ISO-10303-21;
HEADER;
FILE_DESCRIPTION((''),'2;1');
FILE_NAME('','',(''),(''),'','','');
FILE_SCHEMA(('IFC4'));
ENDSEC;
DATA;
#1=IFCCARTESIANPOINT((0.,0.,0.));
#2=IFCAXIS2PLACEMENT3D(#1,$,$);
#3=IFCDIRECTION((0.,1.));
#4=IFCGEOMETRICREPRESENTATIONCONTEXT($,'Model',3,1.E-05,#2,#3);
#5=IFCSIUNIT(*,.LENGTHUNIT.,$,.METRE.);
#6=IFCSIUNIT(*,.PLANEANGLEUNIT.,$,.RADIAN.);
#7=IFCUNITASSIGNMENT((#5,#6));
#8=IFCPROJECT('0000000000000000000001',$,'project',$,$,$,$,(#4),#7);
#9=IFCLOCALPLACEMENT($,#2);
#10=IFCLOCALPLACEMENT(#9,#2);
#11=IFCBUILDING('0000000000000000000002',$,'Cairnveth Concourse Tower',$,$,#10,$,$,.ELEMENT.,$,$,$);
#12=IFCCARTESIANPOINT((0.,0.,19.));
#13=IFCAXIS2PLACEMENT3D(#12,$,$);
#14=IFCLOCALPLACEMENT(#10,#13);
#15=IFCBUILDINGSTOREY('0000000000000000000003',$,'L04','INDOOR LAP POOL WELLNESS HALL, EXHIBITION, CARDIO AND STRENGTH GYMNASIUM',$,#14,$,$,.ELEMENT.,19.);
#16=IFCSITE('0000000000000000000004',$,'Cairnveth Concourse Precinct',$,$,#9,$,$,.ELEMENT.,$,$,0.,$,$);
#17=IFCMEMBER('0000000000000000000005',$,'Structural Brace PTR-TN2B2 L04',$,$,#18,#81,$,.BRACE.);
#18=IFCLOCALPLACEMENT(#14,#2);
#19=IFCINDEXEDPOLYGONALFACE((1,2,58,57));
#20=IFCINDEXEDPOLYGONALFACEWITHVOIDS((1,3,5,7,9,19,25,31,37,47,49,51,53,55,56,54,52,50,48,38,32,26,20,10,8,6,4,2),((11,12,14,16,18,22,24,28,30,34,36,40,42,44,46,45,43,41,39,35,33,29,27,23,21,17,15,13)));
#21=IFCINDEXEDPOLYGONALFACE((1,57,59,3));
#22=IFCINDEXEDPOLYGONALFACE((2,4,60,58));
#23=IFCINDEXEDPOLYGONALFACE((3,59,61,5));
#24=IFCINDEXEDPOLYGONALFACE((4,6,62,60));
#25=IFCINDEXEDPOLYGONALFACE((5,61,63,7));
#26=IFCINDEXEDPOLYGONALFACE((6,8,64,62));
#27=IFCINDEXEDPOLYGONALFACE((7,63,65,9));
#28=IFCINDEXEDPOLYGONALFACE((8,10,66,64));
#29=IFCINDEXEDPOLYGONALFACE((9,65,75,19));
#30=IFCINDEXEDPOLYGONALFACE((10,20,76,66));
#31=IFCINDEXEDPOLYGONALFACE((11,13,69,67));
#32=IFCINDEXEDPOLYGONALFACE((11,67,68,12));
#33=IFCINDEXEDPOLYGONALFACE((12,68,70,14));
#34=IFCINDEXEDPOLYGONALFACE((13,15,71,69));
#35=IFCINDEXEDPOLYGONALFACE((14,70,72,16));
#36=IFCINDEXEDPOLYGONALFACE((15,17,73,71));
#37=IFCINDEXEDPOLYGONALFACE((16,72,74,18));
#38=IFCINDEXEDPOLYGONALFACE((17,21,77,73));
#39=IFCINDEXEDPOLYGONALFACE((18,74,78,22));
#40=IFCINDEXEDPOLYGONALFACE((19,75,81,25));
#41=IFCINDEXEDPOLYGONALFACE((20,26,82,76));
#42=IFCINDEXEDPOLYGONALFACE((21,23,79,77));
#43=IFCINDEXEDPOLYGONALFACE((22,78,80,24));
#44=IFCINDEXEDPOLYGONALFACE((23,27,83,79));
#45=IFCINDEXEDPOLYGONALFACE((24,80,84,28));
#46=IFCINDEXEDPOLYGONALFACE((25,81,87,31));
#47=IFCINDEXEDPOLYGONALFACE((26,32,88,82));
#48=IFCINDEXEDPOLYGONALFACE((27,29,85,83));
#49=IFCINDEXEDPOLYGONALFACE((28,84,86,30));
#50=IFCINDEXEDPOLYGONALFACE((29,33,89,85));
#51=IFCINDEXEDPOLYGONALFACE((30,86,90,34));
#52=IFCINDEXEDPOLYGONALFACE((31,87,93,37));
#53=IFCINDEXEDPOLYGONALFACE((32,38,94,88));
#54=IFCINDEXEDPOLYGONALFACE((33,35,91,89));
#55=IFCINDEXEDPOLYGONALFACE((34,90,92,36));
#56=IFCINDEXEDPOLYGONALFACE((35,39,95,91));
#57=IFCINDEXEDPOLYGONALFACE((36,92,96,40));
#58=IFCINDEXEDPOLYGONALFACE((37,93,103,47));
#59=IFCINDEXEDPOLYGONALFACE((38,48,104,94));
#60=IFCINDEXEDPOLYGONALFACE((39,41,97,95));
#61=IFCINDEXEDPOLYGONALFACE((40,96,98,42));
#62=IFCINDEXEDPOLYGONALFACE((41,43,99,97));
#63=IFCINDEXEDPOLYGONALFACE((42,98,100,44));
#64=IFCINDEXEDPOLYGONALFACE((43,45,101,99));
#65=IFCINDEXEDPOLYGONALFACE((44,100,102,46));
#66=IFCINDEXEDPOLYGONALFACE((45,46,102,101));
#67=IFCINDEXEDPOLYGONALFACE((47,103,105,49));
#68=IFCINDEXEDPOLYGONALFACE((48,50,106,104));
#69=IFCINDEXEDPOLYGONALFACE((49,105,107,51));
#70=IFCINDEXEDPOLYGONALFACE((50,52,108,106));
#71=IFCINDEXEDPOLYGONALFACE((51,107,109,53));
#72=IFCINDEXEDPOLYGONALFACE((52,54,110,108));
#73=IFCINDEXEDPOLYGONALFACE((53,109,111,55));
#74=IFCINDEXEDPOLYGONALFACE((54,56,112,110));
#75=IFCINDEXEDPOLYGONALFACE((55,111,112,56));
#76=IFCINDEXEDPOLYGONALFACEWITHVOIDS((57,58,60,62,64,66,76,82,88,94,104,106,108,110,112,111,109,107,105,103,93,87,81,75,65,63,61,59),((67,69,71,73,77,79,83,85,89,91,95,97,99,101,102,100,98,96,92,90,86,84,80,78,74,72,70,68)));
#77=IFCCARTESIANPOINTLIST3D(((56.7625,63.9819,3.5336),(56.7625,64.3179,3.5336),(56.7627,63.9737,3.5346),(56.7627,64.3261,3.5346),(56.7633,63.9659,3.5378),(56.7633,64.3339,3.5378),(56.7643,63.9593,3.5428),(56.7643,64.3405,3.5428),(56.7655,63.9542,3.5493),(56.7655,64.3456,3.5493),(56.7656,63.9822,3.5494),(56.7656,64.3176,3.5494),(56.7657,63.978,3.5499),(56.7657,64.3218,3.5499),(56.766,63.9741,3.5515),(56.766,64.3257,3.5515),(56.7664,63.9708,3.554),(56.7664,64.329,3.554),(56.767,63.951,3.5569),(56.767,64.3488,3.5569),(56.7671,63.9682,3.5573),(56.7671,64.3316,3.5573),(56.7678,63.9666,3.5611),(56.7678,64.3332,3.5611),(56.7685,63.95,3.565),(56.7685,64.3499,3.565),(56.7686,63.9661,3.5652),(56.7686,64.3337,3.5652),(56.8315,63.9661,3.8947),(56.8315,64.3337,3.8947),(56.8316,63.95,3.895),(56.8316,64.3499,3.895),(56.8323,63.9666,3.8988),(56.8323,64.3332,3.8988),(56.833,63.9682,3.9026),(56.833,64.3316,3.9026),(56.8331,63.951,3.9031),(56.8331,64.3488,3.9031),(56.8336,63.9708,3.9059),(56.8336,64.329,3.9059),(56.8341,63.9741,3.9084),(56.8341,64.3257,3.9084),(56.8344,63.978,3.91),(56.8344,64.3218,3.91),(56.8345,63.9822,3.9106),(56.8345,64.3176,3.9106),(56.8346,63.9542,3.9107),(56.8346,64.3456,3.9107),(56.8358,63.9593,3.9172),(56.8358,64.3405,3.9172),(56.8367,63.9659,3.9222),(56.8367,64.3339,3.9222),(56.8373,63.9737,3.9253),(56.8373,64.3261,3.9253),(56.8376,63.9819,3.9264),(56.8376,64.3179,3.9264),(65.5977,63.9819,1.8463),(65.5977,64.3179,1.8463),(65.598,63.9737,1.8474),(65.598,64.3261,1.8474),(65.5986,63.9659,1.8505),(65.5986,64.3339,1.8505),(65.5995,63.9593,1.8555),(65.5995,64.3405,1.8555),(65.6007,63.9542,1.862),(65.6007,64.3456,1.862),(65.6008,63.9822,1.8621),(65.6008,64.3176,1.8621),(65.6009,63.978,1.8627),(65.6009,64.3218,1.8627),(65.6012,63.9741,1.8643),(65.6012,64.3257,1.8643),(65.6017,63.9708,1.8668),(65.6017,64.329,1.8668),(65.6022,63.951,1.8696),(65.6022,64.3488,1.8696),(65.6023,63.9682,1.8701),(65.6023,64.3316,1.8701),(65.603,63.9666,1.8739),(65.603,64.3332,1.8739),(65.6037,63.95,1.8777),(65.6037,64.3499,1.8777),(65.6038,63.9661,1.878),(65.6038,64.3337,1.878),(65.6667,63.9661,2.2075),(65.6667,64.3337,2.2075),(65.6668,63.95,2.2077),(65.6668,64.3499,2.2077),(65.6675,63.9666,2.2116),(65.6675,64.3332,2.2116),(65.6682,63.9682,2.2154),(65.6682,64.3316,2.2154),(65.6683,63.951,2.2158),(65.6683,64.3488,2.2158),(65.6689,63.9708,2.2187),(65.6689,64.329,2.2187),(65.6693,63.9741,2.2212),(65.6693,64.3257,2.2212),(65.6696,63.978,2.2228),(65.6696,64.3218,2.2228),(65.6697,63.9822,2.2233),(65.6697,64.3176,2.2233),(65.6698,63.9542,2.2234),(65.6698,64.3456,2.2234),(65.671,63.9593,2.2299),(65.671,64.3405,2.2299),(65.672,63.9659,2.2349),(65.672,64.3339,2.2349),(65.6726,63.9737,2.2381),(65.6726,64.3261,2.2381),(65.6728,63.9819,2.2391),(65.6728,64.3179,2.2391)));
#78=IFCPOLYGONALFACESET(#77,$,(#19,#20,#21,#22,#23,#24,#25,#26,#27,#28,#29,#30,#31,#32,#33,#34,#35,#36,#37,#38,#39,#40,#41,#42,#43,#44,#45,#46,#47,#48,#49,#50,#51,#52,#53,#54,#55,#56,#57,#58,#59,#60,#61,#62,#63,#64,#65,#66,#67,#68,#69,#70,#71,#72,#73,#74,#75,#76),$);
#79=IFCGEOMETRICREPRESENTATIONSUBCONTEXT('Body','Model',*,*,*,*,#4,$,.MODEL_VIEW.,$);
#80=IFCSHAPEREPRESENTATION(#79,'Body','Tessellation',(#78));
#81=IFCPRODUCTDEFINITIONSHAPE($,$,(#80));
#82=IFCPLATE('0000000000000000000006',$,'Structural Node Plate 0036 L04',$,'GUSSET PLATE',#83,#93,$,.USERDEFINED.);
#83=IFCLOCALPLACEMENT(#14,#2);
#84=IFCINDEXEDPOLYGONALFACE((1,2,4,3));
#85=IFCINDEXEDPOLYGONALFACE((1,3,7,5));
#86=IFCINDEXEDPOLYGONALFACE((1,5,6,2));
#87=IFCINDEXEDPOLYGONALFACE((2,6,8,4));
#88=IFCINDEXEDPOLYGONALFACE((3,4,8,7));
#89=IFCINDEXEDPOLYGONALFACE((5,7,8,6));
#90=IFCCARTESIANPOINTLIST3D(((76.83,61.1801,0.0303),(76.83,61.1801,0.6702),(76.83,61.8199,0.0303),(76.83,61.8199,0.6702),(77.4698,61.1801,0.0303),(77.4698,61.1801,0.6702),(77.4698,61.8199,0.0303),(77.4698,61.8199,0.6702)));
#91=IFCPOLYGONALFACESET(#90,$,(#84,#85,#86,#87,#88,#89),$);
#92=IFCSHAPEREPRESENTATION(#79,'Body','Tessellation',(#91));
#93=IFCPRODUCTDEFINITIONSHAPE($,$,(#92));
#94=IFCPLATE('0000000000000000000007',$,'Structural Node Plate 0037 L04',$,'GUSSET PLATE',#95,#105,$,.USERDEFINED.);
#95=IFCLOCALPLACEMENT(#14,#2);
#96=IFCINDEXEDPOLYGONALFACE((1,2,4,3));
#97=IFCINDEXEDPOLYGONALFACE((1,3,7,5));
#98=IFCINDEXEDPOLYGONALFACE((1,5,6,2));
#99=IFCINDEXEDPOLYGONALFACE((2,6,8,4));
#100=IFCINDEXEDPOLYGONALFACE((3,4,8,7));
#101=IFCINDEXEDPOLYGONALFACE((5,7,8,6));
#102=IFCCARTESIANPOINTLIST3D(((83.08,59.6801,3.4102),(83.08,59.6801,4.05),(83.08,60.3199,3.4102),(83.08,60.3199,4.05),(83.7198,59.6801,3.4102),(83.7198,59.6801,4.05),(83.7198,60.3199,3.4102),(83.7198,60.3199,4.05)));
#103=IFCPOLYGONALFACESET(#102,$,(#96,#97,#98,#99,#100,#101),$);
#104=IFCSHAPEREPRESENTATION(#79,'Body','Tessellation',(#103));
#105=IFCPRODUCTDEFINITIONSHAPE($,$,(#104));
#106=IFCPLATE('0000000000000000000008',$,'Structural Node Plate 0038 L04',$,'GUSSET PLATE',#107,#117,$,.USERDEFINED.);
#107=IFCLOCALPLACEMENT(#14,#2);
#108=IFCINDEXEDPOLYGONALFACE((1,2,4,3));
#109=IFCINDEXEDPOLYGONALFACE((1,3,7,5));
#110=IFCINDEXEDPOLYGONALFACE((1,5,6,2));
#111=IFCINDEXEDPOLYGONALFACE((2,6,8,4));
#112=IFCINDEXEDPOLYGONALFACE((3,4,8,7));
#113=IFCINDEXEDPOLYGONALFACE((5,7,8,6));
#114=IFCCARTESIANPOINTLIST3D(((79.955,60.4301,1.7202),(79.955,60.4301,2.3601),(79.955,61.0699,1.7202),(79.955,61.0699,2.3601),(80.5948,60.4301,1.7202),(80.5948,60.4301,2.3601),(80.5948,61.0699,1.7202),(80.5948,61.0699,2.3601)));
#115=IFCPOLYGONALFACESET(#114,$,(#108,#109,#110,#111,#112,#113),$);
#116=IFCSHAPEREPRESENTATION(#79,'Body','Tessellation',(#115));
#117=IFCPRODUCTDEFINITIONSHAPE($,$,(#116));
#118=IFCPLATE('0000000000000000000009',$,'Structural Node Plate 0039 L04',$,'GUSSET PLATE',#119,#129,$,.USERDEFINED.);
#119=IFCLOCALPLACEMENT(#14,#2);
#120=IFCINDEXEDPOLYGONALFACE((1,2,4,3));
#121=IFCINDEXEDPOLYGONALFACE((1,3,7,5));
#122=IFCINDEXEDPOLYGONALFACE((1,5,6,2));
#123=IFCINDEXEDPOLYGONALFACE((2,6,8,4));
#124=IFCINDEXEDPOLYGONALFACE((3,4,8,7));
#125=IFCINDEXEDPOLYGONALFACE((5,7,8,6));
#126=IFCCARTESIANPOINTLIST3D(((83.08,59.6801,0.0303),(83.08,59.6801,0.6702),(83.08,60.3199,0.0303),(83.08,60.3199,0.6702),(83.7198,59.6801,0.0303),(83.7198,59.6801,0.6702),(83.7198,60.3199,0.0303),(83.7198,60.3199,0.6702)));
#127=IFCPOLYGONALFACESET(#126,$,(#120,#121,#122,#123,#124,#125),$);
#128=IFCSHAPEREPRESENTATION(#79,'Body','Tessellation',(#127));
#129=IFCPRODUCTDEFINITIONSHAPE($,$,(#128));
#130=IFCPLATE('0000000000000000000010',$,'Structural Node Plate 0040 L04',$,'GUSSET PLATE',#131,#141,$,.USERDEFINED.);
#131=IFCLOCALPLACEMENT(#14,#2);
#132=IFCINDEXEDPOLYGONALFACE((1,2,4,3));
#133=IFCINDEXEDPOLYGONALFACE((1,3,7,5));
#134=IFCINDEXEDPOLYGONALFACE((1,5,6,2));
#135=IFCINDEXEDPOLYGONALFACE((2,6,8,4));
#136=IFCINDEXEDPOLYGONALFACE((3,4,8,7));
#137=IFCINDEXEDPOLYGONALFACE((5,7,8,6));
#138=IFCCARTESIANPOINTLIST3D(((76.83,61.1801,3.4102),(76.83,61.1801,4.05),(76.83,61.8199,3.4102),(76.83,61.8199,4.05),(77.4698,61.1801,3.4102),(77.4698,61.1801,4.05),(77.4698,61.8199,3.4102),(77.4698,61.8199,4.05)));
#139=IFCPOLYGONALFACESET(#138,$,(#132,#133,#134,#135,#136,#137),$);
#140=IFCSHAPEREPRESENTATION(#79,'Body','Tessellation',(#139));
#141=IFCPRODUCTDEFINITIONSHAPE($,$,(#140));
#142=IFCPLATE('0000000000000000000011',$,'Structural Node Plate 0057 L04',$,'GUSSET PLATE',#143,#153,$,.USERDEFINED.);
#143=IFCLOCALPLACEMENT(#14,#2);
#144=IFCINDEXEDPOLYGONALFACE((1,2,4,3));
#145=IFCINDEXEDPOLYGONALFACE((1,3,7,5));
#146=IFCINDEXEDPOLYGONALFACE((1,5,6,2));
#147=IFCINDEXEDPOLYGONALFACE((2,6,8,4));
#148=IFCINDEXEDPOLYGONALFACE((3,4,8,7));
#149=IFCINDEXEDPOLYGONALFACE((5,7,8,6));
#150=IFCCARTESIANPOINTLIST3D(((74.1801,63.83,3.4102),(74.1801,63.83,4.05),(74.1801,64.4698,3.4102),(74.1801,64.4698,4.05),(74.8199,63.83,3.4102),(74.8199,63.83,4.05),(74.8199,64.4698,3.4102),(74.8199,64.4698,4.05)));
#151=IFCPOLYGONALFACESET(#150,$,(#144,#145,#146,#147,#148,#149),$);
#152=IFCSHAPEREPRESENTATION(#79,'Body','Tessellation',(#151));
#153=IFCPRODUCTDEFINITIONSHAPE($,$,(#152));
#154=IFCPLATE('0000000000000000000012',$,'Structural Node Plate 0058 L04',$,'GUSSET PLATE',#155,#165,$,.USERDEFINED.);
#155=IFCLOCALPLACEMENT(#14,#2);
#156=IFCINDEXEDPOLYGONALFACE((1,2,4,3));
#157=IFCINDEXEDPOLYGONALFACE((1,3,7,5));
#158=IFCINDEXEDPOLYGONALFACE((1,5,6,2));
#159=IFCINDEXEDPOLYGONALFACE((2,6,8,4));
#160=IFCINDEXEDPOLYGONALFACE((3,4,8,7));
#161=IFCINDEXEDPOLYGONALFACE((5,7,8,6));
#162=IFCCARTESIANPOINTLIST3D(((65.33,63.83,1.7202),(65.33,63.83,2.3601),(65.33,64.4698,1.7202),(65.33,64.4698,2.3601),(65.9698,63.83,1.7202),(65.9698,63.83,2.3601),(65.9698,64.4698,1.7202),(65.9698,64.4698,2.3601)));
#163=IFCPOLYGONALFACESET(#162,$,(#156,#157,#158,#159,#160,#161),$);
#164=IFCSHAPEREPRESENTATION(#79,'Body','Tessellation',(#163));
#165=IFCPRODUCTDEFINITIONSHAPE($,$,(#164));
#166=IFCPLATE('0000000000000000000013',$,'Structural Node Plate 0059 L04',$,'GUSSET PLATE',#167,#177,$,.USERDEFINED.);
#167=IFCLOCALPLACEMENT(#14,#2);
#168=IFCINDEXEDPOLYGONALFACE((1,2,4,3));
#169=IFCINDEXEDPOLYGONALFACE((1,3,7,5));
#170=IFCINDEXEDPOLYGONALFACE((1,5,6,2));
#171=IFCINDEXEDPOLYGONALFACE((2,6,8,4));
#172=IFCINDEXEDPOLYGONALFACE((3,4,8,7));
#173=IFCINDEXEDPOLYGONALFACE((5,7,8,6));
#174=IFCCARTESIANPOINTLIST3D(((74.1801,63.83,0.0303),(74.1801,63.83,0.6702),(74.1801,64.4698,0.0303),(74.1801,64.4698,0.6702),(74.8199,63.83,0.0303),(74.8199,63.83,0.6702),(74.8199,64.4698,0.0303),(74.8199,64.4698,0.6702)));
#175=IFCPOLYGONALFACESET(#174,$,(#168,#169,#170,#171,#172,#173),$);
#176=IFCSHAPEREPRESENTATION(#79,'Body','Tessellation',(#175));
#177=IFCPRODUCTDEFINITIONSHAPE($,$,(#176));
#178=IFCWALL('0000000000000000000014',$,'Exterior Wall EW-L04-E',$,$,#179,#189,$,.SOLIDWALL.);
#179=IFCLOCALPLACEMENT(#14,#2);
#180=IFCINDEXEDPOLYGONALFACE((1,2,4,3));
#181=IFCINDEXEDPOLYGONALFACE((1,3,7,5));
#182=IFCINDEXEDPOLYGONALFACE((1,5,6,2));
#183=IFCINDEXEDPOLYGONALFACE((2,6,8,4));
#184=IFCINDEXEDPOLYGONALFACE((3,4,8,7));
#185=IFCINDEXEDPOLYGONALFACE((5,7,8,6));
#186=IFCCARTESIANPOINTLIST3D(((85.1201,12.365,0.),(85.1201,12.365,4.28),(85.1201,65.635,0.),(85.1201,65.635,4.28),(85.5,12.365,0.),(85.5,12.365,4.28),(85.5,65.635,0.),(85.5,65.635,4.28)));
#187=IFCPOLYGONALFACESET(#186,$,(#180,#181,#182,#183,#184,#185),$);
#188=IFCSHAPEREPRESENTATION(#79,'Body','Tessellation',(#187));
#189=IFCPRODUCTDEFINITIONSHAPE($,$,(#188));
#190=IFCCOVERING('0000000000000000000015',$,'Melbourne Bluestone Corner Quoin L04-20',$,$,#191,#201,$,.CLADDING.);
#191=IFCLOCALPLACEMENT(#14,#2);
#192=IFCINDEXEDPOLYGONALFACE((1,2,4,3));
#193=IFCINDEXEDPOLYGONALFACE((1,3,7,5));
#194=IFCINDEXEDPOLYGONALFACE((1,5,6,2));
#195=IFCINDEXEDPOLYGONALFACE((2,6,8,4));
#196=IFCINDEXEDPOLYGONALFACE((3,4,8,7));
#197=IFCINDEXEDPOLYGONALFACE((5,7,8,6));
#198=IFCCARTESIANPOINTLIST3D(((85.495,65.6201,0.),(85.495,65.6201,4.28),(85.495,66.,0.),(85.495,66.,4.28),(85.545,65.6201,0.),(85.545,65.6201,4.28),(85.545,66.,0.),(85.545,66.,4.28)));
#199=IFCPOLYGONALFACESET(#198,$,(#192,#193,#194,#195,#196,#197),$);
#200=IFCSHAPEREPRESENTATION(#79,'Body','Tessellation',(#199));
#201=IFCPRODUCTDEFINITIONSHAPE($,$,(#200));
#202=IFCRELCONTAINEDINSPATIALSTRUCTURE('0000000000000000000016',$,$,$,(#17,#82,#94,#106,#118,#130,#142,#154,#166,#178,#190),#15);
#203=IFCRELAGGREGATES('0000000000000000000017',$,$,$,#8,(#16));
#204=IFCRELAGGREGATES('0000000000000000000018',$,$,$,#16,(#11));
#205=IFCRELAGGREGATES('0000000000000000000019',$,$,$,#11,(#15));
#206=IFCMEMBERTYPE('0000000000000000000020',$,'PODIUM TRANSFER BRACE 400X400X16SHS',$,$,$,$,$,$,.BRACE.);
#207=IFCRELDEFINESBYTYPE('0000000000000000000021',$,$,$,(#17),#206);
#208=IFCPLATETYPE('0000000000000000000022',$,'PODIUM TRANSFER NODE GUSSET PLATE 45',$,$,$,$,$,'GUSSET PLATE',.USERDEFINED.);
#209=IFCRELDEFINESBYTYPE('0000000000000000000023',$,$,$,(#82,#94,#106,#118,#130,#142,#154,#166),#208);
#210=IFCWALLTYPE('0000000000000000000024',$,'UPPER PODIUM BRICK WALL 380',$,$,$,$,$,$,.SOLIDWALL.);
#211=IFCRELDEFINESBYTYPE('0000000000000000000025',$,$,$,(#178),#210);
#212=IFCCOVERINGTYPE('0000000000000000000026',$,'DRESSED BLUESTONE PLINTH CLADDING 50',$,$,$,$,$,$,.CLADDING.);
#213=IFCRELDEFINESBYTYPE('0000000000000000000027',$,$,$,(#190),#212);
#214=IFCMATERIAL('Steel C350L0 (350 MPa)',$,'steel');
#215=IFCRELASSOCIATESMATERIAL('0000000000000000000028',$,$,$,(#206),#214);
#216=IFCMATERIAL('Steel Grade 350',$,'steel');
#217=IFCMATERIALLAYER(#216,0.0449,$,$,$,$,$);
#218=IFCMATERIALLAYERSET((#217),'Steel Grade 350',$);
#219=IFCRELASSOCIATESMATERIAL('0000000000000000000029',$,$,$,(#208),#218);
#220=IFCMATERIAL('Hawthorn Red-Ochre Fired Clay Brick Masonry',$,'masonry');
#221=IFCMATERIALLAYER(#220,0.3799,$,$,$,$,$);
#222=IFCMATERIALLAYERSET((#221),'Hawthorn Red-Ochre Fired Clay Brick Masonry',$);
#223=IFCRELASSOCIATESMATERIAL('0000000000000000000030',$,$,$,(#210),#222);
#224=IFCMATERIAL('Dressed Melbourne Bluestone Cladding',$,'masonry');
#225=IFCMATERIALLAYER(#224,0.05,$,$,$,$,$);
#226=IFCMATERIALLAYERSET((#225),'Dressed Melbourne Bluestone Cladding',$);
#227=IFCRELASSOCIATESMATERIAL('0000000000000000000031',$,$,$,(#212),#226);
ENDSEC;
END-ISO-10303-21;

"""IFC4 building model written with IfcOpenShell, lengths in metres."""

from ifc_helpers import new_model, si_unit, direction, frame, frame_2d, origin, origin_2d, place, context, subcontext, project, spatial, rectangle, hollow_rectangle, extrude, material, layer, layer_set, material_profile, profile_set, type_object, element, save


model = new_model("IFC4")

# Units and contexts
model_context = context("Model", 3, precision=1e-05, world=origin(), true_north=direction((0.0, 1.0)))
body_context = subcontext(model_context, "Body", "Model", "MODEL_VIEW")
ifc_project = project(units=[si_unit("LENGTHUNIT", "METRE"), si_unit("PLANEANGLEUNIT", "RADIAN")], contexts=[model_context])

# Site, building, storey
site_placement = place(None, origin())
site = spatial("IfcSite", under=ifc_project, at=site_placement, Name="Cairnveth Concourse Precinct", CompositionType="ELEMENT", RefElevation=0.0)
building_placement = place(site_placement, origin())
building = spatial("IfcBuilding", under=site, at=building_placement, Name="Cairnveth Concourse Tower", CompositionType="ELEMENT")
storey_placement = place(building_placement, frame((0.0, 0.0, 19.0)))
storey = spatial("IfcBuildingStorey", under=building, at=storey_placement, Name="L04", Description="INDOOR LAP POOL WELLNESS HALL, EXHIBITION, CARDIO AND STRENGTH GYMNASIUM", CompositionType="ELEMENT", Elevation=19.0)

# Shared definitions
ifc_material_1 = material(Name="Steel Grade 350", Category="steel")

# Member
ifc_material_2 = material(Name="Steel C350L0 (350 MPa)", Category="steel")
ifc_material_profile_1 = material_profile(ifc_material_2, hollow_rectangle(XDim=0.3999, YDim=0.3999, WallThickness=0.0161, InnerFilletRadius=0.0161, OuterFilletRadius=0.032, at=origin_2d()), Name="400x400x16.0SHS")
ifc_profile_set_1 = profile_set([ifc_material_profile_1], Name="Steel C350L0 (350 MPa)")
member_type = type_object("IfcMemberType", Name="PODIUM TRANSFER BRACE 400X400X16SHS", PredefinedType="BRACE", material=ifc_profile_set_1)
for number, where, z_axis, x_axis, name in (
    (1, (65.6353, 64.1499, 2.0427), (-0.982249, 0.0, 0.18758), (0.0, -1.0, 0.0), "Structural Brace PTR-TN2B2 L04"),
):
    element("IfcMember", number, at=place(storey_placement, frame(where, z_axis=z_axis, x_axis=x_axis)), inside=storey, type_object=member_type, Name=name, PredefinedType="BRACE", context=body_context, shape_type="SweptSolid", body=[
        extrude(hollow_rectangle(XDim=0.3999, YDim=0.3999, WallThickness=0.0161, InnerFilletRadius=0.0161, OuterFilletRadius=0.032, at=origin_2d()), origin(), (0.0, 0.0, 1.0), 8.9949),
    ])

# Plates
ifc_layer_1 = layer(ifc_material_1, 0.0449)
ifc_layer_set_1 = layer_set([ifc_layer_1], Name="Steel Grade 350")
plate_type = type_object("IfcPlateType", Name="PODIUM TRANSFER NODE GUSSET PLATE 45", ElementType="GUSSET PLATE", PredefinedType="USERDEFINED", material=ifc_layer_set_1)
for number, where, z_axis, x_axis, name in (
    (2, (77.1499, 61.5, 0.0303), (0.0, 0.0, 1.0), (1.0, 0.0, 0.0), "Structural Node Plate 0036 L04"),
    (3, (83.3999, 60.0, 3.4102), (0.0, 0.0, 1.0), (1.0, 0.0, 0.0), "Structural Node Plate 0037 L04"),
    (4, (80.2749, 60.75, 1.7202), (0.0, 0.0, 1.0), (1.0, 0.0, 0.0), "Structural Node Plate 0038 L04"),
    (5, (83.3999, 60.0, 0.0303), (0.0, 0.0, 1.0), (1.0, 0.0, 0.0), "Structural Node Plate 0039 L04"),
    (6, (77.1499, 61.5, 3.4102), (0.0, 0.0, 1.0), (1.0, 0.0, 0.0), "Structural Node Plate 0040 L04"),
    (7, (74.5, 64.1499, 3.4102), (0.0, 0.0, 1.0), (1.0, 0.0, 0.0), "Structural Node Plate 0057 L04"),
    (8, (65.6499, 64.1499, 1.7202), (0.0, 0.0, 1.0), (1.0, 0.0, 0.0), "Structural Node Plate 0058 L04"),
    (9, (74.5, 64.1499, 0.0303), (0.0, 0.0, 1.0), (1.0, 0.0, 0.0), "Structural Node Plate 0059 L04"),
):
    element("IfcPlate", number, at=place(storey_placement, frame(where, z_axis=z_axis, x_axis=x_axis)), inside=storey, type_object=plate_type, Name=name, ObjectType="GUSSET PLATE", PredefinedType="USERDEFINED", context=body_context, shape_type="SweptSolid", body=[
        extrude(rectangle(XDim=0.6399, YDim=0.6399, at=origin_2d()), origin(), (0.0, 0.0, 1.0), 0.6399),
    ])

# Wall
ifc_material_3 = material(Name="Hawthorn Red-Ochre Fired Clay Brick Masonry", Category="masonry")
ifc_layer_2 = layer(ifc_material_3, 0.3799)
ifc_layer_set_2 = layer_set([ifc_layer_2], Name="Hawthorn Red-Ochre Fired Clay Brick Masonry")
wall_type = type_object("IfcWallType", Name="UPPER PODIUM BRICK WALL 380", PredefinedType="SOLIDWALL", material=ifc_layer_set_2)
wall_placement = place(storey_placement, frame((85.3101, 65.635, 0.0), z_axis=(0.0, 0.0, 1.0), x_axis=(0.0, -1.0, 0.0)))
element("IfcWall", 10, at=wall_placement, inside=storey, type_object=wall_type, Name="Exterior Wall EW-L04-E", PredefinedType="SOLIDWALL", context=body_context, shape_type="SweptSolid", body=[
    extrude(rectangle(XDim=53.27, YDim=0.3799, at=frame_2d((26.635, 0.0))), origin(), (0.0, 0.0, 1.0), 4.28),
])

# Covering
ifc_material_4 = material(Name="Dressed Melbourne Bluestone Cladding", Category="masonry")
ifc_layer_3 = layer(ifc_material_4, 0.05)
ifc_layer_set_3 = layer_set([ifc_layer_3], Name="Dressed Melbourne Bluestone Cladding")
covering_type = type_object("IfcCoveringType", Name="DRESSED BLUESTONE PLINTH CLADDING 50", PredefinedType="CLADDING", material=ifc_layer_set_3)
covering_placement = place(storey_placement, frame((85.52, 65.6201, 0.0), z_axis=(0.0, 0.0, 1.0), x_axis=(0.0, 1.0, 0.0)))
element("IfcCovering", 11, at=covering_placement, inside=storey, type_object=covering_type, Name="Melbourne Bluestone Corner Quoin L04-20", PredefinedType="CLADDING", context=body_context, shape_type="SweptSolid", body=[
    extrude(rectangle(XDim=0.3799, YDim=0.05, at=frame_2d((0.1899, 0.0))), origin(), (0.0, 0.0, 1.0), 4.28),
])

save(model, "model.ifc")
